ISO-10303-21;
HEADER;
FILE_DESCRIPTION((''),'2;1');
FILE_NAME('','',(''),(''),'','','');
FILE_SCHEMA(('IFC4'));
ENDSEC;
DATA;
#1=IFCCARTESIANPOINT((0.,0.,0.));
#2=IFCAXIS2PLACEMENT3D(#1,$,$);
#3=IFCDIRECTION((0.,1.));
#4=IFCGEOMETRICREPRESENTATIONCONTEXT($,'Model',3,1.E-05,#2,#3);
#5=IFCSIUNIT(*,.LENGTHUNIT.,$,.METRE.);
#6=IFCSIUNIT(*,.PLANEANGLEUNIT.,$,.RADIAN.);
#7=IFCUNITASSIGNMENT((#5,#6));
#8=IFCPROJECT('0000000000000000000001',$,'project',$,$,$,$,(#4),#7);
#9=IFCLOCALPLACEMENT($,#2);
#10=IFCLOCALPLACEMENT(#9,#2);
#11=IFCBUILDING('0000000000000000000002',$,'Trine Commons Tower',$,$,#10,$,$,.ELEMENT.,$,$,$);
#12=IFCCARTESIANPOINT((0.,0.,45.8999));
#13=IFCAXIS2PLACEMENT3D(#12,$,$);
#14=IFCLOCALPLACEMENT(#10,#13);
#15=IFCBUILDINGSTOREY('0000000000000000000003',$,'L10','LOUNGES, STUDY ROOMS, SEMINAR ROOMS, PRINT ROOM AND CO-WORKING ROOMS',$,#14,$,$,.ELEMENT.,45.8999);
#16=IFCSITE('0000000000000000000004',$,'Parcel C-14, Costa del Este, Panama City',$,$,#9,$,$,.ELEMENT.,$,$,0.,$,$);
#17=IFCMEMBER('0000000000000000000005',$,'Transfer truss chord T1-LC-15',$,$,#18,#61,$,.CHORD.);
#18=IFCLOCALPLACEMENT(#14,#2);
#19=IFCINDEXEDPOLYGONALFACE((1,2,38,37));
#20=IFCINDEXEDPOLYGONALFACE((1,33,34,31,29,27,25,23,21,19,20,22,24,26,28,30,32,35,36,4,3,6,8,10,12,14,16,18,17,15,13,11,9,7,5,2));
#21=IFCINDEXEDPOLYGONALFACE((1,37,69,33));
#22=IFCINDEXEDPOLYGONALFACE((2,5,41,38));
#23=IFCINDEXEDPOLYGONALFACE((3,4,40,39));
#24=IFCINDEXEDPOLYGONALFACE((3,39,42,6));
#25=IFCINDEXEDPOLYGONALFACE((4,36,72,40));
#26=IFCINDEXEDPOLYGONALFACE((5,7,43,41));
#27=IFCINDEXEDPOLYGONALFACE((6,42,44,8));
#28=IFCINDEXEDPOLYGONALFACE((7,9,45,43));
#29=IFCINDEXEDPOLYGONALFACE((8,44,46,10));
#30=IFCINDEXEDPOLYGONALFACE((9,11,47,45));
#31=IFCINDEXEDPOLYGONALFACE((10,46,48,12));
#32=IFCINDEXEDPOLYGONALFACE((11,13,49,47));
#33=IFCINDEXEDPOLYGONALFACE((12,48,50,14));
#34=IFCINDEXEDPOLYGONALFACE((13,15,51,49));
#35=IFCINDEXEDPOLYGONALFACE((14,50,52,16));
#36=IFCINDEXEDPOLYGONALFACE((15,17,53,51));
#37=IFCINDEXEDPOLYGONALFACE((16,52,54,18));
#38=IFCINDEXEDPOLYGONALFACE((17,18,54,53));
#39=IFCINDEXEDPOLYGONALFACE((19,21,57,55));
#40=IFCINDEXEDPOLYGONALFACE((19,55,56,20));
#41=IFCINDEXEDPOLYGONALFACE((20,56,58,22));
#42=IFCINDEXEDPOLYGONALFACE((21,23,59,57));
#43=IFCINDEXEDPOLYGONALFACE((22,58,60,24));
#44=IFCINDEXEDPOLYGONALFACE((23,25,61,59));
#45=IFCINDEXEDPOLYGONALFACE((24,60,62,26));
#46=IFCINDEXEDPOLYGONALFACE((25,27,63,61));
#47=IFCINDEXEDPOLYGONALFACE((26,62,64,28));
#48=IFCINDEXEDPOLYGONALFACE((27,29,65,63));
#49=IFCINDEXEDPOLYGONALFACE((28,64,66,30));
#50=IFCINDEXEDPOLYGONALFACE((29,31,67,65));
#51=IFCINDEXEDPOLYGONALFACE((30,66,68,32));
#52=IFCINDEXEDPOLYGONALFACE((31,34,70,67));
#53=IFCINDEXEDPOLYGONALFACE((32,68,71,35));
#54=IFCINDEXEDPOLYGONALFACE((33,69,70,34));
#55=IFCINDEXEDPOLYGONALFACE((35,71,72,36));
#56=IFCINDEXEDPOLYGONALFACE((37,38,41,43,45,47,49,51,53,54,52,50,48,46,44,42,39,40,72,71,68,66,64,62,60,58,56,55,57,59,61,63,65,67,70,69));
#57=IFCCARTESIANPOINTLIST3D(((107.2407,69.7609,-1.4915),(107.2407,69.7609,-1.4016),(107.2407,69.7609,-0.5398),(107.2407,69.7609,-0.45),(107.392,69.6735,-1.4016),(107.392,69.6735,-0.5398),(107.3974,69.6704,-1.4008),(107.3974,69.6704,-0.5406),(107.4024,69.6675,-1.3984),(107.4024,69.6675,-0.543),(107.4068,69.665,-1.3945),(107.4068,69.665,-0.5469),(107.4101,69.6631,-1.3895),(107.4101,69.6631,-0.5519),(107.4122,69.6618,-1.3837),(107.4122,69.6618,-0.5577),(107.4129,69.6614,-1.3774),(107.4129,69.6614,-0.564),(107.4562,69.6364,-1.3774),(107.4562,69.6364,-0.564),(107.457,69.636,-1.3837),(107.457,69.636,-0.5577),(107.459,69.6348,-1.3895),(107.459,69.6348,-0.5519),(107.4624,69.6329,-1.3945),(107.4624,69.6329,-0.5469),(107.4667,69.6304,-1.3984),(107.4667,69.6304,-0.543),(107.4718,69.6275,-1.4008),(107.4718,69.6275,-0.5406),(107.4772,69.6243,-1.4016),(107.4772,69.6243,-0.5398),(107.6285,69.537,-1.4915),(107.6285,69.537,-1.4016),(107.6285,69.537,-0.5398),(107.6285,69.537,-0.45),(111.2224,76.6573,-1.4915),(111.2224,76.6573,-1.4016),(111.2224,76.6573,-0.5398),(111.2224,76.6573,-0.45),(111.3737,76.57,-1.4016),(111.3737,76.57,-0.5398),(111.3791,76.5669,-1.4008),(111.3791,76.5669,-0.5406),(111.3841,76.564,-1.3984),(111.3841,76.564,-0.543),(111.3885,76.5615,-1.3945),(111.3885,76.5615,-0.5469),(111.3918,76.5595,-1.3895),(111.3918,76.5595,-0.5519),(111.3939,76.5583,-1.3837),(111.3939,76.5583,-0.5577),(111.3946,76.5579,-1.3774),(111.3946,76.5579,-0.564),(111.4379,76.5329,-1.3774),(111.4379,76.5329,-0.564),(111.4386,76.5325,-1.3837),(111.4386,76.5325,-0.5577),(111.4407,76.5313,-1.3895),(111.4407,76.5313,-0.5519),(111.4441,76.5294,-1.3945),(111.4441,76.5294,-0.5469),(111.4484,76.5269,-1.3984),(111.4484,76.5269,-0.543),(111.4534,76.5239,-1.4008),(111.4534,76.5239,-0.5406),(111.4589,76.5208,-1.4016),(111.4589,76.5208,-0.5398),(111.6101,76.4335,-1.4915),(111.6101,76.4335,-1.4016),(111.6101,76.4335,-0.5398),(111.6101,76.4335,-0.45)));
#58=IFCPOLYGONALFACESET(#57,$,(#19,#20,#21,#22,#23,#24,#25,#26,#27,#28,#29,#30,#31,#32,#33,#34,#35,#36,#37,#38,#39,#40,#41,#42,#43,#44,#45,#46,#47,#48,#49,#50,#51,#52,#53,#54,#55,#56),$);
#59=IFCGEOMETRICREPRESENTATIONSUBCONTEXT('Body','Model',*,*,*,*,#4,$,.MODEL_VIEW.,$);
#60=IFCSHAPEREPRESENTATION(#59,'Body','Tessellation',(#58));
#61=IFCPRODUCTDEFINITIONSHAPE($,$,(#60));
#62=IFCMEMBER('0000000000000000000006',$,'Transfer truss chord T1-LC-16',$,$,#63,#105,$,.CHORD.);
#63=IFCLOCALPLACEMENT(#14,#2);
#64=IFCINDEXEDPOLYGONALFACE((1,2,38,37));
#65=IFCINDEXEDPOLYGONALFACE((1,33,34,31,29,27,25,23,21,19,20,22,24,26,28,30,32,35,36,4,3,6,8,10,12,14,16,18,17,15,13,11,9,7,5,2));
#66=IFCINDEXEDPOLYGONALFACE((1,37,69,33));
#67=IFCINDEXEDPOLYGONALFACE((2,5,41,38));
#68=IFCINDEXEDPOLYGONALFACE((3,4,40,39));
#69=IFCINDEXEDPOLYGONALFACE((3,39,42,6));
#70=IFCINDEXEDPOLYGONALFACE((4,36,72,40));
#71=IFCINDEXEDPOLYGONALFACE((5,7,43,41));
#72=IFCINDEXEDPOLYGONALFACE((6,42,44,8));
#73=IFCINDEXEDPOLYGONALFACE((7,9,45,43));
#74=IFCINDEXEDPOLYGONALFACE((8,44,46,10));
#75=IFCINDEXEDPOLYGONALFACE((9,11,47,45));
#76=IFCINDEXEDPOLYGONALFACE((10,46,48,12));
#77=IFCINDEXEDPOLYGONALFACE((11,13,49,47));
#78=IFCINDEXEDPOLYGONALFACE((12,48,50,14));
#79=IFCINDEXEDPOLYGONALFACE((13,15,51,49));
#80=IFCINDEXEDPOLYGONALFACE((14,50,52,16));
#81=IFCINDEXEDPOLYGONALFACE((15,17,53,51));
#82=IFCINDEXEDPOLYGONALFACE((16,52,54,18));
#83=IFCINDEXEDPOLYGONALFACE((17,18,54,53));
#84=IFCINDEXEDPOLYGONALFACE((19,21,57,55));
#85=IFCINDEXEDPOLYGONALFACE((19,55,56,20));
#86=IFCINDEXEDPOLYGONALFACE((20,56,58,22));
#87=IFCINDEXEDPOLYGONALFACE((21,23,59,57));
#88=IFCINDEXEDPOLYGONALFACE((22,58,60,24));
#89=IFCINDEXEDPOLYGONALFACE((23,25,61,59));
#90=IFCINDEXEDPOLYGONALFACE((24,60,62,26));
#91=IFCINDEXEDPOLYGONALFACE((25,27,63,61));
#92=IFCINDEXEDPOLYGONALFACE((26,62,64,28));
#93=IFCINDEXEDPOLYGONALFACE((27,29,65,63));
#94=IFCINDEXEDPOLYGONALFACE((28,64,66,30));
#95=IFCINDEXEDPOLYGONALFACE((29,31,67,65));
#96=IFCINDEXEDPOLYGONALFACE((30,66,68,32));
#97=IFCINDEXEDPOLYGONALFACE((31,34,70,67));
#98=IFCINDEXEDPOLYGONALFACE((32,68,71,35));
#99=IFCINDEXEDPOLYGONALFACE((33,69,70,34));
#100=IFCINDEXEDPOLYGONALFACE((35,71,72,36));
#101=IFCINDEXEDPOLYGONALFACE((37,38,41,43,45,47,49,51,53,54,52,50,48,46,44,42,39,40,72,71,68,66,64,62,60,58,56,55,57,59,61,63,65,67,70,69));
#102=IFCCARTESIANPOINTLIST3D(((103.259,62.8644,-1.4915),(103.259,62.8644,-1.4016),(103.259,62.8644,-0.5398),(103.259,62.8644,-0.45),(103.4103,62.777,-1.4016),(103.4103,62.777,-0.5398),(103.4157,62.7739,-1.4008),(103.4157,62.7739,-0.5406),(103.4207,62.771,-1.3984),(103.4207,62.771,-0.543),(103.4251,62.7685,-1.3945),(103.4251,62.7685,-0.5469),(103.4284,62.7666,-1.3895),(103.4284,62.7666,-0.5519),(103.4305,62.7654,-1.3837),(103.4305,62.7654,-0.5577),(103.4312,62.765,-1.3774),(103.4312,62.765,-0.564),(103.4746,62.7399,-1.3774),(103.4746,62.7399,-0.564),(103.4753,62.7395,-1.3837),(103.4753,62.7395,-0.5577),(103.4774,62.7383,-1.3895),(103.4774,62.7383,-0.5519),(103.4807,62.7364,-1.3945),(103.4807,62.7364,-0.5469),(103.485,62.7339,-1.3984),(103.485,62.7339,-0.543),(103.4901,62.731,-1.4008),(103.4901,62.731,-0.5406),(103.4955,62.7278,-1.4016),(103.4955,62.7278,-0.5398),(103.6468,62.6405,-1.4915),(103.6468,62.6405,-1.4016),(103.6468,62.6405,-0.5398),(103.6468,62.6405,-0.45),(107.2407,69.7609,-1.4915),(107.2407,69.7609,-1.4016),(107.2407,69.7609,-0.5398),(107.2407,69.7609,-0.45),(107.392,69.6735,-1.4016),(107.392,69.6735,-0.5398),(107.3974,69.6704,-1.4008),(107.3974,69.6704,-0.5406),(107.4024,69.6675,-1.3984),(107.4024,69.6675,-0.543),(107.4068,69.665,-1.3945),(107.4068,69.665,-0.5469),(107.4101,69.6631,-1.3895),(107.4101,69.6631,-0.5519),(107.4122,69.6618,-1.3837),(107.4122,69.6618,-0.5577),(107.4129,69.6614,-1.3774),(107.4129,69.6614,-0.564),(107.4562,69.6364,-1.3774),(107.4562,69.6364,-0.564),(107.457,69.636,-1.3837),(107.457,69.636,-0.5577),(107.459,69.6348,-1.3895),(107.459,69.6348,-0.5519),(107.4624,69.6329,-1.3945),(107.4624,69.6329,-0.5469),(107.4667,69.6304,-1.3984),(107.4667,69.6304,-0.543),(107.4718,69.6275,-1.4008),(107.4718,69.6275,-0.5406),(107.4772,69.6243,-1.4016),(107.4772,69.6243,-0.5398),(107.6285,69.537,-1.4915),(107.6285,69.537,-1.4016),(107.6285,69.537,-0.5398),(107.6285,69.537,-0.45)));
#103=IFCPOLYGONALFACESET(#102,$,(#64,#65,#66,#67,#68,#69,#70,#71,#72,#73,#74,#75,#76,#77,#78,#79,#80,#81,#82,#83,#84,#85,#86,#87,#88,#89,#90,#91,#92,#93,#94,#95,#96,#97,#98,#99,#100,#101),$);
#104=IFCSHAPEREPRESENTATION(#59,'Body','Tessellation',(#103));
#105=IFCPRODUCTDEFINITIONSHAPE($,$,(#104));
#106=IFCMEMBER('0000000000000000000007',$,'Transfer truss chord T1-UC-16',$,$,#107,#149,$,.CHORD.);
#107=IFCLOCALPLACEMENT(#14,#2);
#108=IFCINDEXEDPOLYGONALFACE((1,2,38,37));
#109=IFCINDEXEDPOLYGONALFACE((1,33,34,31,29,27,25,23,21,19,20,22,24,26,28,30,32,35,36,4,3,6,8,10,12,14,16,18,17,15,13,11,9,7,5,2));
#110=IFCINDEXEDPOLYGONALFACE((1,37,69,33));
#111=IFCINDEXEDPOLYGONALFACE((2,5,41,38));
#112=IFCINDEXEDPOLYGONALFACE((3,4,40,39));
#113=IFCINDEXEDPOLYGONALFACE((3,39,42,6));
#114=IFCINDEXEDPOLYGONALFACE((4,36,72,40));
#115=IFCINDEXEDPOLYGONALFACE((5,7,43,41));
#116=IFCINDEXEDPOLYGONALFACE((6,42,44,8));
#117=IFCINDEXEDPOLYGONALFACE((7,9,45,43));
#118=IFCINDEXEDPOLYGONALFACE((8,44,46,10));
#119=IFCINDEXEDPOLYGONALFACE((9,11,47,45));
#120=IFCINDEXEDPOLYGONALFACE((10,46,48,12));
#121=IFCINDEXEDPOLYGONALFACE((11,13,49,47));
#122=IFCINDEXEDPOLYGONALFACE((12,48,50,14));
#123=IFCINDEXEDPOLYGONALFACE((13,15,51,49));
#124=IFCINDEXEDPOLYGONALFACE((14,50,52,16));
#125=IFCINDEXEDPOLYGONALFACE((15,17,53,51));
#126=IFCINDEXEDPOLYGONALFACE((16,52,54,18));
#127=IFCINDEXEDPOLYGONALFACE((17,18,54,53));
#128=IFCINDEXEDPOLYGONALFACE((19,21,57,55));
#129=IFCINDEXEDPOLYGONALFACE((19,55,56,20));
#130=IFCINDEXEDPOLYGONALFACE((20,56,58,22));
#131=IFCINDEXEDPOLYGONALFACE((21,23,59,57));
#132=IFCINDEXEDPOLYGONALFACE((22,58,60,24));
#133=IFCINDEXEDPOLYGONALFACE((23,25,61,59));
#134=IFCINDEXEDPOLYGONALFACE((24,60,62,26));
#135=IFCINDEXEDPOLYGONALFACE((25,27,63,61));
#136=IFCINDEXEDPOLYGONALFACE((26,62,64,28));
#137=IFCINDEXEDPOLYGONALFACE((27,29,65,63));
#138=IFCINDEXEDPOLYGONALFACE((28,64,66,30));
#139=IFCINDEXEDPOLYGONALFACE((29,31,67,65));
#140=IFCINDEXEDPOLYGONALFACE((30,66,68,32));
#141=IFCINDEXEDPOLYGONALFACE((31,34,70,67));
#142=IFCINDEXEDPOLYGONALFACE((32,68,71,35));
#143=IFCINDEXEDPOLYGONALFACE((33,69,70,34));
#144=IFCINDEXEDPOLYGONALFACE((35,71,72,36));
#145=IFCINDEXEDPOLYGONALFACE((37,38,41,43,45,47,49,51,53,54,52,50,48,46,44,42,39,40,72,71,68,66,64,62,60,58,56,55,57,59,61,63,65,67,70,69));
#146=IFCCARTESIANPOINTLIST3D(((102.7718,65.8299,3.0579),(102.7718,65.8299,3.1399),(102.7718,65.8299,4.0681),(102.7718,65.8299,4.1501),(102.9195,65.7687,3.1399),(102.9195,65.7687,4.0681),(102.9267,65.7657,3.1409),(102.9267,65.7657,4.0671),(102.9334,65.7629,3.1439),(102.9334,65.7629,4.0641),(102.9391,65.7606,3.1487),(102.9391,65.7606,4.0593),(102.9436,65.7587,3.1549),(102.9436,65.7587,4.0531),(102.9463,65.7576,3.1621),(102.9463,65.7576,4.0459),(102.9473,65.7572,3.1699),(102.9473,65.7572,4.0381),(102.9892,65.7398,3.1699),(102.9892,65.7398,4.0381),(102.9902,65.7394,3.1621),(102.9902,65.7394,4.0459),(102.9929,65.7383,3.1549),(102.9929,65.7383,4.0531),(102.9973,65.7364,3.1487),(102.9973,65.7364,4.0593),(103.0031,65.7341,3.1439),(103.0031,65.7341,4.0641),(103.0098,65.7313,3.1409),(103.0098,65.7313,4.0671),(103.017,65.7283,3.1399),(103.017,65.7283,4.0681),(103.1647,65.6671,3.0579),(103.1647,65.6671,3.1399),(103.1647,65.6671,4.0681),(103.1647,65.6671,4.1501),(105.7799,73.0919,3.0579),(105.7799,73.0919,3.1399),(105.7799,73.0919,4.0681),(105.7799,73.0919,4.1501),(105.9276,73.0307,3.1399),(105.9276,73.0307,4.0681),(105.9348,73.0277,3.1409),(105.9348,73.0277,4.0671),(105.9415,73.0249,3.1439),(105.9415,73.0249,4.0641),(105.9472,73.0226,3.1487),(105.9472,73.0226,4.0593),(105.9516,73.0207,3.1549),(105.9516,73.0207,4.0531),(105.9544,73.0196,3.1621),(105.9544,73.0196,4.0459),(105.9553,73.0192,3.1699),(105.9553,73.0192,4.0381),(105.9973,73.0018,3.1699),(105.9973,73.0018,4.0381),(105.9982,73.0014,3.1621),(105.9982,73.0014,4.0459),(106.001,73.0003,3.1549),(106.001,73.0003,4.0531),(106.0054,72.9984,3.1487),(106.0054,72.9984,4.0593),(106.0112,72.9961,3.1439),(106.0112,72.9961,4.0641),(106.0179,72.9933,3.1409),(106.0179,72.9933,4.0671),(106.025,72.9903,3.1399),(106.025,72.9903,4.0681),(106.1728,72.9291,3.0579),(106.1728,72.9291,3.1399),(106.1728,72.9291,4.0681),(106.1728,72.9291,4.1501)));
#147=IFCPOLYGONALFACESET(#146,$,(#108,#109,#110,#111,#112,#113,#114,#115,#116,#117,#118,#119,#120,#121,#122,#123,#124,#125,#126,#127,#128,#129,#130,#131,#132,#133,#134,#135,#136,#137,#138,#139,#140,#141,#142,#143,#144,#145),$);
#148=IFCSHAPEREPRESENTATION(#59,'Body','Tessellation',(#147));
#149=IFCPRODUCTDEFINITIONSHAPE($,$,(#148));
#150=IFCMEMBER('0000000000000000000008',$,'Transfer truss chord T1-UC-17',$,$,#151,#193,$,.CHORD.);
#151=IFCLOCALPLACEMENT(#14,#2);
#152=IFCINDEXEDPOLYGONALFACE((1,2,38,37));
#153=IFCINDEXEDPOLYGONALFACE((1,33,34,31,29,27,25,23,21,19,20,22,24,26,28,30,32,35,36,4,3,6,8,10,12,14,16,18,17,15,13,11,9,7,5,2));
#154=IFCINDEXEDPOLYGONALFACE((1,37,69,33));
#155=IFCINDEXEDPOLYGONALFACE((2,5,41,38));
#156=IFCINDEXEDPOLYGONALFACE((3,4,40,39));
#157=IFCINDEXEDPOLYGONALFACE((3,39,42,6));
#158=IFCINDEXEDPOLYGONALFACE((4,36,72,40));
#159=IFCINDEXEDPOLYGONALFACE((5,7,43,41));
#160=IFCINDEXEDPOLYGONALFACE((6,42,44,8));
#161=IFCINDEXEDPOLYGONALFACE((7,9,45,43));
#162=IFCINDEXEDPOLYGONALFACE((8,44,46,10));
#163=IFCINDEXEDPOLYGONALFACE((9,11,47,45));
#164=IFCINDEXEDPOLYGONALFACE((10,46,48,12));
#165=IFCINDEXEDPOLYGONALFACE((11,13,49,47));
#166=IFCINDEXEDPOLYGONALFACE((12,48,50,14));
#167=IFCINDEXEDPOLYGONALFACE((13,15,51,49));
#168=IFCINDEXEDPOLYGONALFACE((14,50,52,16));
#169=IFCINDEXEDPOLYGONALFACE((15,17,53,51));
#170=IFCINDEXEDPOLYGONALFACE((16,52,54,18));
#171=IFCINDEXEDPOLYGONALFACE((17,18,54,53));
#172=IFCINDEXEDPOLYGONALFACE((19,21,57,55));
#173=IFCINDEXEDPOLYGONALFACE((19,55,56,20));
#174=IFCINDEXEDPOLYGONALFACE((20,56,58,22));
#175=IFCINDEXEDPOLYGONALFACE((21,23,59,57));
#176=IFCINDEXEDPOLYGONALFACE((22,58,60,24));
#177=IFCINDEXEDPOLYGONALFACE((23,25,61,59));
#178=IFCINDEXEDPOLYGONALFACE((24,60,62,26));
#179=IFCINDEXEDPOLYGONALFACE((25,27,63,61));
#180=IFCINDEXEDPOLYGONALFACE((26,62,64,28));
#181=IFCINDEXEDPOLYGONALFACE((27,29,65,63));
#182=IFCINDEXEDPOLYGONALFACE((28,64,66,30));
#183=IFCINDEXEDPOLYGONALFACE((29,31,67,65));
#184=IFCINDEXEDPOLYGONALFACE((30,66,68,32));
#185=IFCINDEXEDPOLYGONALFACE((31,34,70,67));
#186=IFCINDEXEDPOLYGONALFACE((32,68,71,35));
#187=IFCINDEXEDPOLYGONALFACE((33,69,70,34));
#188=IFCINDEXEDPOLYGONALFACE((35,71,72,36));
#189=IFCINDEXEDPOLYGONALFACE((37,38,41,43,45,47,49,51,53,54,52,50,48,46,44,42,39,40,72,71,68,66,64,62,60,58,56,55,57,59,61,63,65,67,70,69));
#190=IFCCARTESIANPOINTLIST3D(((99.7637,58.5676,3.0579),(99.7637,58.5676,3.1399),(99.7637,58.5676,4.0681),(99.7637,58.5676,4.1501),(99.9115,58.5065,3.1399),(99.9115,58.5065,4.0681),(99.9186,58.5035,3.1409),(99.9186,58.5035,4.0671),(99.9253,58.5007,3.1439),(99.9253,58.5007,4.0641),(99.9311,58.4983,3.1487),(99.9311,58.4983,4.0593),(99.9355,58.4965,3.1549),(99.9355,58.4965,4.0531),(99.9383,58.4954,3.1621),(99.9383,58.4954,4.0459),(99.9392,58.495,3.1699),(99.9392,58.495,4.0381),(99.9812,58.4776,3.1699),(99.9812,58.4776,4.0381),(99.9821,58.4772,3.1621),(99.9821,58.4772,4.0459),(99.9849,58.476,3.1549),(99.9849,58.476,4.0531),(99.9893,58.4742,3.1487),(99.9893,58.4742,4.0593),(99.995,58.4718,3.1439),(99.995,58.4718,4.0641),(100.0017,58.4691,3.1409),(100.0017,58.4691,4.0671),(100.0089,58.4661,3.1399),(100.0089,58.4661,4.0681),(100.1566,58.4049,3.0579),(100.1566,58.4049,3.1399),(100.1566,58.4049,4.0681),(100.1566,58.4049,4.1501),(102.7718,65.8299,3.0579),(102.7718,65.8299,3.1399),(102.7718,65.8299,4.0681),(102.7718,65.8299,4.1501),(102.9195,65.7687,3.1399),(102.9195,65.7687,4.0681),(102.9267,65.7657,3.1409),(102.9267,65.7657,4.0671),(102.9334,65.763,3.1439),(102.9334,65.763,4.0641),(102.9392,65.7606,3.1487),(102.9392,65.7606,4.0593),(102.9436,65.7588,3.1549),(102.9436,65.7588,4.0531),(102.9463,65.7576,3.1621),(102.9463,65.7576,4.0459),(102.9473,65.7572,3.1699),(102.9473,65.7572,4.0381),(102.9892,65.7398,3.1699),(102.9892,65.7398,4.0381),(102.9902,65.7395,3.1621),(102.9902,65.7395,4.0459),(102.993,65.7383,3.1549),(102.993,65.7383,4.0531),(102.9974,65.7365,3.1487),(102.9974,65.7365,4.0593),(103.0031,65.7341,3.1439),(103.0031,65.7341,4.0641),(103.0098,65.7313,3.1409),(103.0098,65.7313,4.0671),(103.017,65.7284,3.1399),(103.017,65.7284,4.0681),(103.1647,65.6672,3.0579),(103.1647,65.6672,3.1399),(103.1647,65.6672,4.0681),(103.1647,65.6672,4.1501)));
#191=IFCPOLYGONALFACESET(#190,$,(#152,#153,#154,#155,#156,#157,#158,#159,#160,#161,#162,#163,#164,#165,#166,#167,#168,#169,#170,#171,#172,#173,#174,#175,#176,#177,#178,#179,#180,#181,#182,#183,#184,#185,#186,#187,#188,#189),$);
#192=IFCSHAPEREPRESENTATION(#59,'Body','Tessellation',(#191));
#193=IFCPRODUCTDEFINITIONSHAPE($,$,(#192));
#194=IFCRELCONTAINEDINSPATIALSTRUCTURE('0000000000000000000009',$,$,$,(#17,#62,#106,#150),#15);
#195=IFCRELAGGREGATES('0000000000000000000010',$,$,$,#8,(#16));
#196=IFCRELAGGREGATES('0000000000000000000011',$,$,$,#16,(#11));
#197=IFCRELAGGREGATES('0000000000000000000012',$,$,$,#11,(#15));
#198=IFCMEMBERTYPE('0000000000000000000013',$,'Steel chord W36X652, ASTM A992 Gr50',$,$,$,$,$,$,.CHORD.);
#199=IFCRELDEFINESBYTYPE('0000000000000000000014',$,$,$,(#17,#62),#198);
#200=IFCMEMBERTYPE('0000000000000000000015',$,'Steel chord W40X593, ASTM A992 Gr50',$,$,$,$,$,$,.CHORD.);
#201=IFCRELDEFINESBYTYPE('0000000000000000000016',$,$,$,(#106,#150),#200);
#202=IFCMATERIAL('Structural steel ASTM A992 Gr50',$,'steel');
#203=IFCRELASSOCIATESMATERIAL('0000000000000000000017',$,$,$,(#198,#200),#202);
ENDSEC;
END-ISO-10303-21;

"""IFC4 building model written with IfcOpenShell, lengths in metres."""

from ifc_helpers import new_model, si_unit, direction, frame, origin, origin_2d, place, context, subcontext, project, spatial, i_section, extrude, material, material_profile, profile_set, type_object, element, save


model = new_model("IFC4")

# Units and contexts
model_context = context("Model", 3, precision=1e-05, world=origin(), true_north=direction((0.0, 1.0)))
body_context = subcontext(model_context, "Body", "Model", "MODEL_VIEW")
ifc_project = project(units=[si_unit("LENGTHUNIT", "METRE"), si_unit("PLANEANGLEUNIT", "RADIAN")], contexts=[model_context])

# Site, building, storey
site_placement = place(None, origin())
site = spatial("IfcSite", under=ifc_project, at=site_placement, Name="Parcel C-14, Costa del Este, Panama City", CompositionType="ELEMENT", RefElevation=0.0)
building_placement = place(site_placement, origin())
building = spatial("IfcBuilding", under=site, at=building_placement, Name="Trine Commons Tower", CompositionType="ELEMENT")
storey_placement = place(building_placement, frame((0.0, 0.0, 45.8999)))
storey = spatial("IfcBuildingStorey", under=building, at=storey_placement, Name="L10", Description="LOUNGES, STUDY ROOMS, SEMINAR ROOMS, PRINT ROOM AND CO-WORKING ROOMS", CompositionType="ELEMENT", Elevation=45.8999)

# Members
ifc_material_1 = material(Name="Structural steel ASTM A992 Gr50", Category="steel")
ifc_material_profile_1 = material_profile(ifc_material_1, i_section(OverallWidth=0.4478, OverallDepth=1.0415, WebThickness=0.05, FlangeThickness=0.0898, FilletRadius=0.0242, at=origin_2d()), Name="W36X652")
ifc_profile_set_1 = profile_set([ifc_material_profile_1], Name="Structural steel ASTM A992 Gr50")
member_type_1 = type_object("IfcMemberType", Name="Steel chord W36X652, ASTM A992 Gr50", PredefinedType="CHORD", material=ifc_profile_set_1)
for number, where, z_axis, x_axis, name in (
    (1, (111.4163, 76.5454, -0.9707), (-0.5, -0.866025, 0.0), (0.866025, -0.5, 0.0), "Transfer truss chord T1-LC-15"),
    (2, (107.4346, 69.6489, -0.9707), (-0.5, -0.866025, 0.0), (0.866025, -0.5, 0.0), "Transfer truss chord T1-LC-16"),
):
    element("IfcMember", number, at=place(storey_placement, frame(where, z_axis=z_axis, x_axis=x_axis)), inside=storey, type_object=member_type_1, Name=name, PredefinedType="CHORD", context=body_context, shape_type="SweptSolid", body=[
        extrude(i_section(OverallWidth=0.4478, OverallDepth=1.0415, WebThickness=0.05, FlangeThickness=0.0898, FilletRadius=0.0242, at=origin_2d()), origin(), (0.0, 0.0, 1.0), 7.9634),
    ])
ifc_material_profile_2 = material_profile(ifc_material_1, i_section(OverallWidth=0.4253, OverallDepth=1.0923, WebThickness=0.0454, FlangeThickness=0.082, FilletRadius=0.03, at=origin_2d()), Name="W40X593")
ifc_profile_set_2 = profile_set([ifc_material_profile_2], Name="Structural steel ASTM A992 Gr50")
member_type_2 = type_object("IfcMemberType", Name="Steel chord W40X593, ASTM A992 Gr50", PredefinedType="CHORD", material=ifc_profile_set_2)
member_1_placement = place(storey_placement, frame((105.9763, 73.0105, 3.604), z_axis=(-0.382689, -0.923877, 0.0), x_axis=(0.923877, -0.382689, 0.0)))
element("IfcMember", 3, at=member_1_placement, inside=storey, type_object=member_type_2, Name="Transfer truss chord T1-UC-16", PredefinedType="CHORD", context=body_context, shape_type="SweptSolid", body=[
    extrude(i_section(OverallWidth=0.4253, OverallDepth=1.0923, WebThickness=0.0454, FlangeThickness=0.082, FilletRadius=0.03, at=origin_2d()), origin(), (0.0, 0.0, 1.0), 7.8604),
])
member_2_placement = place(storey_placement, frame((102.9683, 65.7485, 3.604), z_axis=(-0.382678, -0.923882, 0.0), x_axis=(0.923882, -0.382678, 0.0)))
element("IfcMember", 4, at=member_2_placement, inside=storey, type_object=member_type_2, Name="Transfer truss chord T1-UC-17", PredefinedType="CHORD", context=body_context, shape_type="SweptSolid", body=[
    extrude(i_section(OverallWidth=0.4253, OverallDepth=1.0923, WebThickness=0.0454, FlangeThickness=0.082, FilletRadius=0.03, at=origin_2d()), origin(), (0.0, 0.0, 1.0), 7.8606),
])

save(model, "model.ifc")
